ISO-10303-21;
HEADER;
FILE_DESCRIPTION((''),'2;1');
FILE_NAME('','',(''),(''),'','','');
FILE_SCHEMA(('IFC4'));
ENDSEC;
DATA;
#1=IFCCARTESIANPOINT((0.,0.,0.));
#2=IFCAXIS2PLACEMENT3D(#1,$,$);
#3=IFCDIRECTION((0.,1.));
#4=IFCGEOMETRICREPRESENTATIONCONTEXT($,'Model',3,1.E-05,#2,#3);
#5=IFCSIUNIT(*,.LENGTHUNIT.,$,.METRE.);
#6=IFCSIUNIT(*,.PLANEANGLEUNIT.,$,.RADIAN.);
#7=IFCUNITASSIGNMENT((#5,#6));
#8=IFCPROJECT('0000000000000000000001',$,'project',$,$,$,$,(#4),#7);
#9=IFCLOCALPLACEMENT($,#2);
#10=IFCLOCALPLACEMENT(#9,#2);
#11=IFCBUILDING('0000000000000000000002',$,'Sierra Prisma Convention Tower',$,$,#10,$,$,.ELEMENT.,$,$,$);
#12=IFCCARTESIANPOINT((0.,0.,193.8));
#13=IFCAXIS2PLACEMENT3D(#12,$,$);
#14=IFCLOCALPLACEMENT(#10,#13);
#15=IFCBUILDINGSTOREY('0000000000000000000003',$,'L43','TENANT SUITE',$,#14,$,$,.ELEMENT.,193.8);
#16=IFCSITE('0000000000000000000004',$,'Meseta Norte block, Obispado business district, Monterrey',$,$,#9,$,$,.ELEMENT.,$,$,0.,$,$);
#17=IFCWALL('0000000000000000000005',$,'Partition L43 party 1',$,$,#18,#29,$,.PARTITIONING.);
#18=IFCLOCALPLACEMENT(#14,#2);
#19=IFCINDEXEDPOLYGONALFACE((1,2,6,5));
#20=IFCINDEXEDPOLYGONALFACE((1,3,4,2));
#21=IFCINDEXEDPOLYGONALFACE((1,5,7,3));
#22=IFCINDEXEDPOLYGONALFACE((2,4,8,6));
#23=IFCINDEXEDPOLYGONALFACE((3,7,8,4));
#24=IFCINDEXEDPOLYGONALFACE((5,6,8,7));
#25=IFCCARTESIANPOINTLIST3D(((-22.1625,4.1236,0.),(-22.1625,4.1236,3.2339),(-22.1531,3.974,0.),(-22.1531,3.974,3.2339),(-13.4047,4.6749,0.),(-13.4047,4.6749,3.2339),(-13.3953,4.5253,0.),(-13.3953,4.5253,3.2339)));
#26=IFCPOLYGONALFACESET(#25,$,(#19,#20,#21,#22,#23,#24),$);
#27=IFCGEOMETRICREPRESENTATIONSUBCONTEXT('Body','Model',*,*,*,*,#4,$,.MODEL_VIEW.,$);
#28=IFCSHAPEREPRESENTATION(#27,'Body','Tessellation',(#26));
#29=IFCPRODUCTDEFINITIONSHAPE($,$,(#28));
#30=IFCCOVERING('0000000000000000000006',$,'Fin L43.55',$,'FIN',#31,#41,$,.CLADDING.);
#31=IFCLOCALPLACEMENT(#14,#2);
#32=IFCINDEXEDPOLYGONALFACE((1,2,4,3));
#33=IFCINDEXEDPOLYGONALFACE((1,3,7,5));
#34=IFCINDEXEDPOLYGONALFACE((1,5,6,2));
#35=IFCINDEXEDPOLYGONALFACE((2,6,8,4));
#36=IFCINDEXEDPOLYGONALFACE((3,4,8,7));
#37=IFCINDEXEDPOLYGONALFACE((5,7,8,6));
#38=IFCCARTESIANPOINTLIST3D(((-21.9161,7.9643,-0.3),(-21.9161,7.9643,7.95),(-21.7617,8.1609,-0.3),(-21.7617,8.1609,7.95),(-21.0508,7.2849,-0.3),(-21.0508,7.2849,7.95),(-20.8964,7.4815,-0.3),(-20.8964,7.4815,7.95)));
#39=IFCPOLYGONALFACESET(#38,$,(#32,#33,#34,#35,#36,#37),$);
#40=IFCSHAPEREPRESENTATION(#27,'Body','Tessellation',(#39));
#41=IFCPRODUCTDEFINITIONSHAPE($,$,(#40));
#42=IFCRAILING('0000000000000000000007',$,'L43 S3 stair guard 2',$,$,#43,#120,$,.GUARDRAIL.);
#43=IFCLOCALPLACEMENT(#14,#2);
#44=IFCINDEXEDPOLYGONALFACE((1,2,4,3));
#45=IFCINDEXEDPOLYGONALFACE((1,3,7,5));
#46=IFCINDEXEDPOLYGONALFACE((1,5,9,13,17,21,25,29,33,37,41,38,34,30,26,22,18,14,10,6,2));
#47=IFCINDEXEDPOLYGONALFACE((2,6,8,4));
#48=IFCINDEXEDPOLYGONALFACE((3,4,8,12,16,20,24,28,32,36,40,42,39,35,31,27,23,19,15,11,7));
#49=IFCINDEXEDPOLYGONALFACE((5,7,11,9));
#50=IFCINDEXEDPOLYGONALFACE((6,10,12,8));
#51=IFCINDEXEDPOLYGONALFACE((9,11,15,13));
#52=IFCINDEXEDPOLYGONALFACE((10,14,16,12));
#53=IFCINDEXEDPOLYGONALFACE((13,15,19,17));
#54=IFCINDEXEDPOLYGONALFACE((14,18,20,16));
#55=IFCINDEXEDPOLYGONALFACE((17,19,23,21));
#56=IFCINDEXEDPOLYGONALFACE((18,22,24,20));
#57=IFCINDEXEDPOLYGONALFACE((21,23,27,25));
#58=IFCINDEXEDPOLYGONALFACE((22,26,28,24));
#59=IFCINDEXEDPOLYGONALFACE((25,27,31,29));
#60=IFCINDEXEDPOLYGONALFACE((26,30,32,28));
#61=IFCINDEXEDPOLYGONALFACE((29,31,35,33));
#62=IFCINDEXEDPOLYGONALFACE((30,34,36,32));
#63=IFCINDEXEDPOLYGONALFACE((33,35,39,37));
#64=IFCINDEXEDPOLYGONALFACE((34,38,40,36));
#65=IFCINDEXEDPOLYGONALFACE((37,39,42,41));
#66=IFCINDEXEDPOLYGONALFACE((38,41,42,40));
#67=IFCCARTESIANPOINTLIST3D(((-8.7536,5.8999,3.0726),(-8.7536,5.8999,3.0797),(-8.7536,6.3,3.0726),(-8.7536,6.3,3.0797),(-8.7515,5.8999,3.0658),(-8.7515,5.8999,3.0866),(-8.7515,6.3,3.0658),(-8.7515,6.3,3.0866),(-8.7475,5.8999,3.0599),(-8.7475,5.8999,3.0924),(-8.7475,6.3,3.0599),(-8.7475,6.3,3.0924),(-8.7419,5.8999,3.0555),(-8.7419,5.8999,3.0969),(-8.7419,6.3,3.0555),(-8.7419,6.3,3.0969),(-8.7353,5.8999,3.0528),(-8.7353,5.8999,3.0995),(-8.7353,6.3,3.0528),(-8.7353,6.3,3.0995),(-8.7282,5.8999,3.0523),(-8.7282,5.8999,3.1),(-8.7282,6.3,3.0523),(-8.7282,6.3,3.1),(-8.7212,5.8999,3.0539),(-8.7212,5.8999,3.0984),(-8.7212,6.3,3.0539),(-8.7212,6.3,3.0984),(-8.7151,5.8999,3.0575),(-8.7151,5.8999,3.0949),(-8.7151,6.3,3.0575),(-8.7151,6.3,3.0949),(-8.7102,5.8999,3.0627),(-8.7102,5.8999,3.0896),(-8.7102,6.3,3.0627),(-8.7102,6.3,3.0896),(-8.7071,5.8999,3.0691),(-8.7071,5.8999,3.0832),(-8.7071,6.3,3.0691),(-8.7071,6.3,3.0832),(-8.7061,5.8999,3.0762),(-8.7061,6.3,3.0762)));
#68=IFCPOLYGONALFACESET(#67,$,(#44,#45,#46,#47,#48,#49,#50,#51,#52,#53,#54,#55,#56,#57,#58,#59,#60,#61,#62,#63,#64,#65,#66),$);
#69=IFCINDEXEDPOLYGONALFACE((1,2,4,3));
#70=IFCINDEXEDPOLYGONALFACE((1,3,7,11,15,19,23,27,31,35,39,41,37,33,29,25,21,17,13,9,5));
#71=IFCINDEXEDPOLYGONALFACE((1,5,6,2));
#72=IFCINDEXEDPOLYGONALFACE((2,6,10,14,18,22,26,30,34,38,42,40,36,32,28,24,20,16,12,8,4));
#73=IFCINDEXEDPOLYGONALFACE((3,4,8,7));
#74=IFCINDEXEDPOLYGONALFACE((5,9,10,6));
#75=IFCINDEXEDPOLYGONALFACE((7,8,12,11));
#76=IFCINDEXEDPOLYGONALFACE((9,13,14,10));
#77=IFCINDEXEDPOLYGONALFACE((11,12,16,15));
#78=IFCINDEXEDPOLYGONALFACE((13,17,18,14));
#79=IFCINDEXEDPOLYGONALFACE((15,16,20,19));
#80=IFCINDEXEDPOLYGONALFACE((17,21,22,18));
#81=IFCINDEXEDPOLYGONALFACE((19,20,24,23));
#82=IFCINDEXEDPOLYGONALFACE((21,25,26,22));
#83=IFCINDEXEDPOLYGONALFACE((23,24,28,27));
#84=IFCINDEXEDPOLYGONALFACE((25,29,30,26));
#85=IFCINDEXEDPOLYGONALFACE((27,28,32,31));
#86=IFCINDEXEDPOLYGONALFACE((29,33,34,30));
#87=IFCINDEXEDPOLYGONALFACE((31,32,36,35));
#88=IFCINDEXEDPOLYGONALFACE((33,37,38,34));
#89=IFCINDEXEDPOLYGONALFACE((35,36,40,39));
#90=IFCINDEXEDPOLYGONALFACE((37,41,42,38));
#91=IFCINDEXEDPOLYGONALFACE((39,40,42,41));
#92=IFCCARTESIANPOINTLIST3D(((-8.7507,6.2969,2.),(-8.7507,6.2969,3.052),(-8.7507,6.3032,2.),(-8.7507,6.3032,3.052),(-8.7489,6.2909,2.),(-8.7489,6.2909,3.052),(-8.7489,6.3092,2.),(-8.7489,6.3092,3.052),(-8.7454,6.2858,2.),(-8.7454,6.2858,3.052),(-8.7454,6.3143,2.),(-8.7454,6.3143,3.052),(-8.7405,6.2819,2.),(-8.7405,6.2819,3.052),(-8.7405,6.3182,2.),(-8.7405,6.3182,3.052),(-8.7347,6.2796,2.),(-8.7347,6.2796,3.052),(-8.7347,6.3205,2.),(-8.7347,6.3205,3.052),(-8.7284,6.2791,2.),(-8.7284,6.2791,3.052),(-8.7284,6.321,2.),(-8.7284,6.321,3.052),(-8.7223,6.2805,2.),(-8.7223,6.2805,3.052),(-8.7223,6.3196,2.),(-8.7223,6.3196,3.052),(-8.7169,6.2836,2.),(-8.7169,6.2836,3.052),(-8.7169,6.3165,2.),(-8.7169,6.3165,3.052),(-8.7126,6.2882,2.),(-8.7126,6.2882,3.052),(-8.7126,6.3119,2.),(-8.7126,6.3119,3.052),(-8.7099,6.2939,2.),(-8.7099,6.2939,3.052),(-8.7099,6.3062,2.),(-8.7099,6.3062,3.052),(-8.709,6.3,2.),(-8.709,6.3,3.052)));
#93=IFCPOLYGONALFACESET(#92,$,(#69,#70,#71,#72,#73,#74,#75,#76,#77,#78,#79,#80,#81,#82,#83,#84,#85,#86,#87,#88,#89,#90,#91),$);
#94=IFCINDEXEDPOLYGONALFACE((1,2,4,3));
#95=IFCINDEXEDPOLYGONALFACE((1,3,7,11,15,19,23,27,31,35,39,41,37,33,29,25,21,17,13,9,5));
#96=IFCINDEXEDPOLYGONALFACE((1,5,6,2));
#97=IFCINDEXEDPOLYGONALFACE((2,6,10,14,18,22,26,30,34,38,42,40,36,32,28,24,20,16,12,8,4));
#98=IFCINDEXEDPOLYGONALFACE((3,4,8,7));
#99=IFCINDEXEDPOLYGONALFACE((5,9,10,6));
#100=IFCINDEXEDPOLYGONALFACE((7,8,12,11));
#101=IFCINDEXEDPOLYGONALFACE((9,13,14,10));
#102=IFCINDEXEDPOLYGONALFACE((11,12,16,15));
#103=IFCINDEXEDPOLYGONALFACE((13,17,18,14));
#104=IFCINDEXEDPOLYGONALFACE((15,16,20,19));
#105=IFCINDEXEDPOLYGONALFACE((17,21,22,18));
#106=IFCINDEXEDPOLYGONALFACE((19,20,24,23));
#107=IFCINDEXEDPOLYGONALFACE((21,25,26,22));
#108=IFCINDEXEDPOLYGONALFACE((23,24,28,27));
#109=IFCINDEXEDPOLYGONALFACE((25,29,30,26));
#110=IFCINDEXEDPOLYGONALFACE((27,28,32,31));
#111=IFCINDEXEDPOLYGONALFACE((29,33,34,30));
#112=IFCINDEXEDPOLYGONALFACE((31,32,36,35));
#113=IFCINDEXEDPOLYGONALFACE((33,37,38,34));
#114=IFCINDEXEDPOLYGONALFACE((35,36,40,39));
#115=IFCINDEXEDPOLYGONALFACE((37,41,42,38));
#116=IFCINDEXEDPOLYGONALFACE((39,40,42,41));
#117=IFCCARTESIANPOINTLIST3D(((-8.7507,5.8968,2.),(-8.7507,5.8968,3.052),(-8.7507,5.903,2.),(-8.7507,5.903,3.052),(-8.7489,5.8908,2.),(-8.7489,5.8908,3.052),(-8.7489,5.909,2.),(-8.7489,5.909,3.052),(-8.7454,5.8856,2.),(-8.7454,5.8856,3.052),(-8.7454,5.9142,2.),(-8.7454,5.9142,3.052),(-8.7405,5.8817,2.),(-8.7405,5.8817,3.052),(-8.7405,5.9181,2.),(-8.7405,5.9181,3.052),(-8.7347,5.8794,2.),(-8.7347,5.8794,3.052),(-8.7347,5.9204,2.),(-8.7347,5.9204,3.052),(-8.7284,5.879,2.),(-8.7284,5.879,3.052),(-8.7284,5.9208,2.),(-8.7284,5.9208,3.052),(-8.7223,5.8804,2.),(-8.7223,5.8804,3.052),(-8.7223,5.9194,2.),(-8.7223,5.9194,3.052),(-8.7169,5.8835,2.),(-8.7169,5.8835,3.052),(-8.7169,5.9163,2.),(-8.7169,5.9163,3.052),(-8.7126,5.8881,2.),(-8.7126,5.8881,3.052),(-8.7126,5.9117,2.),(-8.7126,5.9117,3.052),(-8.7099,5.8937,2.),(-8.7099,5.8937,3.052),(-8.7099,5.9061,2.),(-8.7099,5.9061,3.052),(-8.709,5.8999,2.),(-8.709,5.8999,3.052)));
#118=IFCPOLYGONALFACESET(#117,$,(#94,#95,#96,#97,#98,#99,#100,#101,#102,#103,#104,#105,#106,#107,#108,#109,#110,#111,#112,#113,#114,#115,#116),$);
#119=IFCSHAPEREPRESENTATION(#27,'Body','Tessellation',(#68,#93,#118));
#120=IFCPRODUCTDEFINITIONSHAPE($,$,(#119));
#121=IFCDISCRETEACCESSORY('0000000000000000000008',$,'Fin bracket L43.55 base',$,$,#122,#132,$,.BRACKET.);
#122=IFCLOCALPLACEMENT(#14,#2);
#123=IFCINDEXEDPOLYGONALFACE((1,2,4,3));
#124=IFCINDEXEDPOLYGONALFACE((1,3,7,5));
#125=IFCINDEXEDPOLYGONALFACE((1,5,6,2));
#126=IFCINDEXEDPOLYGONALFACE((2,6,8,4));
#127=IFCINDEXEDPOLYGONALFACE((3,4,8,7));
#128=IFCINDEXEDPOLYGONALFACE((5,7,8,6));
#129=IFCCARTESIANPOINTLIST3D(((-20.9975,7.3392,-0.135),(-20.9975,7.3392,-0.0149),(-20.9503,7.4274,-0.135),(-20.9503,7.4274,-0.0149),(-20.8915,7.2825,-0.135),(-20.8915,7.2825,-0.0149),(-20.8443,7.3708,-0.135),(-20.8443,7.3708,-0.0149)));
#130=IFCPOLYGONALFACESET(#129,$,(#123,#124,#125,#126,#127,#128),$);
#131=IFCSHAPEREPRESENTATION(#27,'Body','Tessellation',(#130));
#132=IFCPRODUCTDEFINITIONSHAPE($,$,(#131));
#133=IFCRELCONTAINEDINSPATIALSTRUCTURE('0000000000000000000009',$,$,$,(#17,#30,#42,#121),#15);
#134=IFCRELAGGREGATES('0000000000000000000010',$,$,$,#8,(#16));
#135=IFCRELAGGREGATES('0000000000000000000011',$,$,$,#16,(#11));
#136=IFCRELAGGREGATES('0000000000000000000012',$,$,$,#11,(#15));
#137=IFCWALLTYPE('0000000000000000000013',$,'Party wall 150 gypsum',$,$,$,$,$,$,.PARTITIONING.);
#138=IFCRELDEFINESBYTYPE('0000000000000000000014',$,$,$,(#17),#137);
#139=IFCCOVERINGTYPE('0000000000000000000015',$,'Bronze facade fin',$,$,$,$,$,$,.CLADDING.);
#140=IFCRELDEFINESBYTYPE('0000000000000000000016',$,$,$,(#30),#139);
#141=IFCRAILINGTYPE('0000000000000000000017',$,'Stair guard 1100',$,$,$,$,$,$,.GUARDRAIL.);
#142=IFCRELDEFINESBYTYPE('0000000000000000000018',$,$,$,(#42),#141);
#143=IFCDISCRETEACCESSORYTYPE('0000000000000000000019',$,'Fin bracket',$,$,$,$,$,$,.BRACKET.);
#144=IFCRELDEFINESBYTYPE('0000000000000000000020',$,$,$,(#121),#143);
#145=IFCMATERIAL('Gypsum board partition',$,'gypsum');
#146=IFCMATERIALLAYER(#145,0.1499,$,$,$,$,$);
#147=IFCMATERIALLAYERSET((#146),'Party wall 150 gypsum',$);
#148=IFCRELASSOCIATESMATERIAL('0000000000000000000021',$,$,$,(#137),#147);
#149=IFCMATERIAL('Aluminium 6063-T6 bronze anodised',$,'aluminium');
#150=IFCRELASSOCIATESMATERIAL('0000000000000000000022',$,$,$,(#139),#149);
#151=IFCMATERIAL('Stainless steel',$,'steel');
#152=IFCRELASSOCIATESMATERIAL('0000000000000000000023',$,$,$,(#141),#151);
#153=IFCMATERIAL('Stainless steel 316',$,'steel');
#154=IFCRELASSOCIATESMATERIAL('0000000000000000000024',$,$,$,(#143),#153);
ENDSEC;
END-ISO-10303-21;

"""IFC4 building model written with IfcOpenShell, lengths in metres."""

from ifc_helpers import new_model, si_unit, direction, frame, frame_2d, origin, origin_2d, place, context, subcontext, project, spatial, rectangle, circle, extrude, material, layer, layer_set, material_profile, profile_set, type_object, element, save


model = new_model("IFC4")

# Units and contexts
model_context = context("Model", 3, precision=1e-05, world=origin(), true_north=direction((0.0, 1.0)))
body_context = subcontext(model_context, "Body", "Model", "MODEL_VIEW")
ifc_project = project(units=[si_unit("LENGTHUNIT", "METRE"), si_unit("PLANEANGLEUNIT", "RADIAN")], contexts=[model_context])

# Site, building, storey
site_placement = place(None, origin())
site = spatial("IfcSite", under=ifc_project, at=site_placement, Name="Meseta Norte block, Obispado business district, Monterrey", CompositionType="ELEMENT", RefElevation=0.0)
building_placement = place(site_placement, origin())
building = spatial("IfcBuilding", under=site, at=building_placement, Name="Sierra Prisma Convention Tower", CompositionType="ELEMENT")
storey_placement = place(building_placement, frame((0.0, 0.0, 193.8)))
storey = spatial("IfcBuildingStorey", under=building, at=storey_placement, Name="L43", Description="TENANT SUITE", CompositionType="ELEMENT", Elevation=193.8)

# Wall
ifc_material_1 = material(Name="Gypsum board partition", Category="gypsum")
ifc_layer_1 = layer(ifc_material_1, 0.1499)
ifc_layer_set_1 = layer_set([ifc_layer_1], Name="Party wall 150 gypsum")
wall_type_1 = type_object("IfcWallType", Name="Party wall 150 gypsum", PredefinedType="PARTITIONING", material=ifc_layer_set_1)
wall_1_placement = place(storey_placement, frame((-13.3999, 4.6001, 0.0), z_axis=(0.0, 0.0, 1.0), x_axis=(-0.998025, -0.062822, 0.0)))
element("IfcWall", 1, at=wall_1_placement, inside=storey, type_object=wall_type_1, Name="Partition L43 party 1", PredefinedType="PARTITIONING", context=body_context, shape_type="SweptSolid", body=[
    extrude(rectangle(XDim=8.7751, YDim=0.1499, at=frame_2d((4.3877, 0.0))), origin(), (0.0, 0.0, 1.0), 3.2339),
])

# Covering
ifc_material_2 = material(Name="Aluminium 6063-T6 bronze anodised", Category="aluminium")
ifc_material_profile_1 = material_profile(ifc_material_2, rectangle(XDim=1.1001, YDim=0.25, at=origin_2d()), Name="ALU FIN 1100x250")
ifc_profile_set_1 = profile_set([ifc_material_profile_1], Name="Aluminium 6063-T6 bronze anodised")
covering_type = type_object("IfcCoveringType", Name="Bronze facade fin", PredefinedType="CLADDING", material=ifc_profile_set_1)
covering_placement = place(storey_placement, frame((-21.4062, 7.7229, -0.3), z_axis=(0.0, 0.0, 1.0), x_axis=(-0.786539, 0.617541, 0.0)))
element("IfcCovering", 2, at=covering_placement, inside=storey, type_object=covering_type, Name="Fin L43.55", ObjectType="FIN", PredefinedType="CLADDING", context=body_context, shape_type="SweptSolid", body=[
    extrude(rectangle(XDim=1.1001, YDim=0.25, at=origin_2d()), origin(), (0.0, 0.0, 1.0), 8.25),
])

# Railing
ifc_material_3 = material(Name="Stainless steel", Category="steel")
railing_type = type_object("IfcRailingType", Name="Stair guard 1100", PredefinedType="GUARDRAIL", material=ifc_material_3)
railing_placement = place(storey_placement, frame((-8.73, 6.3, 2.0)))
element("IfcRailing", 3, at=railing_placement, inside=storey, type_object=railing_type, Name="L43 S3 stair guard 2", PredefinedType="GUARDRAIL", context=body_context, shape_type="SweptSolid", body=[
    extrude(circle(Radius=0.0239, at=origin_2d()), frame((0.0, 0.0, 1.0762), z_axis=(0.0, -1.0, 0.0), x_axis=(1.0, 0.0, 0.0)), (0.0, 0.0, 1.0), 0.4001),
    extrude(circle(Radius=0.021, at=origin_2d()), origin(), (0.0, 0.0, 1.0), 1.052),
    extrude(circle(Radius=0.021, at=origin_2d()), frame((0.0, -0.4001, 0.0)), (0.0, 0.0, 1.0), 1.052),
])

# Discrete accessory
ifc_material_4 = material(Name="Stainless steel 316", Category="steel")
discrete_accessory_type = type_object("IfcDiscreteAccessoryType", Name="Fin bracket", PredefinedType="BRACKET", material=ifc_material_4)
discrete_accessory_placement = place(storey_placement, frame((-20.9209, 7.355, -0.135), z_axis=(0.0, 0.0, 1.0), x_axis=(-0.881824, 0.471578, 0.0)))
element("IfcDiscreteAccessory", 4, at=discrete_accessory_placement, inside=storey, type_object=discrete_accessory_type, Name="Fin bracket L43.55 base", PredefinedType="BRACKET", context=body_context, shape_type="SweptSolid", body=[
    extrude(rectangle(XDim=0.1201, YDim=0.1001, at=origin_2d()), origin(), (0.0, 0.0, 1.0), 0.1201),
])

save(model, "model.ifc")
